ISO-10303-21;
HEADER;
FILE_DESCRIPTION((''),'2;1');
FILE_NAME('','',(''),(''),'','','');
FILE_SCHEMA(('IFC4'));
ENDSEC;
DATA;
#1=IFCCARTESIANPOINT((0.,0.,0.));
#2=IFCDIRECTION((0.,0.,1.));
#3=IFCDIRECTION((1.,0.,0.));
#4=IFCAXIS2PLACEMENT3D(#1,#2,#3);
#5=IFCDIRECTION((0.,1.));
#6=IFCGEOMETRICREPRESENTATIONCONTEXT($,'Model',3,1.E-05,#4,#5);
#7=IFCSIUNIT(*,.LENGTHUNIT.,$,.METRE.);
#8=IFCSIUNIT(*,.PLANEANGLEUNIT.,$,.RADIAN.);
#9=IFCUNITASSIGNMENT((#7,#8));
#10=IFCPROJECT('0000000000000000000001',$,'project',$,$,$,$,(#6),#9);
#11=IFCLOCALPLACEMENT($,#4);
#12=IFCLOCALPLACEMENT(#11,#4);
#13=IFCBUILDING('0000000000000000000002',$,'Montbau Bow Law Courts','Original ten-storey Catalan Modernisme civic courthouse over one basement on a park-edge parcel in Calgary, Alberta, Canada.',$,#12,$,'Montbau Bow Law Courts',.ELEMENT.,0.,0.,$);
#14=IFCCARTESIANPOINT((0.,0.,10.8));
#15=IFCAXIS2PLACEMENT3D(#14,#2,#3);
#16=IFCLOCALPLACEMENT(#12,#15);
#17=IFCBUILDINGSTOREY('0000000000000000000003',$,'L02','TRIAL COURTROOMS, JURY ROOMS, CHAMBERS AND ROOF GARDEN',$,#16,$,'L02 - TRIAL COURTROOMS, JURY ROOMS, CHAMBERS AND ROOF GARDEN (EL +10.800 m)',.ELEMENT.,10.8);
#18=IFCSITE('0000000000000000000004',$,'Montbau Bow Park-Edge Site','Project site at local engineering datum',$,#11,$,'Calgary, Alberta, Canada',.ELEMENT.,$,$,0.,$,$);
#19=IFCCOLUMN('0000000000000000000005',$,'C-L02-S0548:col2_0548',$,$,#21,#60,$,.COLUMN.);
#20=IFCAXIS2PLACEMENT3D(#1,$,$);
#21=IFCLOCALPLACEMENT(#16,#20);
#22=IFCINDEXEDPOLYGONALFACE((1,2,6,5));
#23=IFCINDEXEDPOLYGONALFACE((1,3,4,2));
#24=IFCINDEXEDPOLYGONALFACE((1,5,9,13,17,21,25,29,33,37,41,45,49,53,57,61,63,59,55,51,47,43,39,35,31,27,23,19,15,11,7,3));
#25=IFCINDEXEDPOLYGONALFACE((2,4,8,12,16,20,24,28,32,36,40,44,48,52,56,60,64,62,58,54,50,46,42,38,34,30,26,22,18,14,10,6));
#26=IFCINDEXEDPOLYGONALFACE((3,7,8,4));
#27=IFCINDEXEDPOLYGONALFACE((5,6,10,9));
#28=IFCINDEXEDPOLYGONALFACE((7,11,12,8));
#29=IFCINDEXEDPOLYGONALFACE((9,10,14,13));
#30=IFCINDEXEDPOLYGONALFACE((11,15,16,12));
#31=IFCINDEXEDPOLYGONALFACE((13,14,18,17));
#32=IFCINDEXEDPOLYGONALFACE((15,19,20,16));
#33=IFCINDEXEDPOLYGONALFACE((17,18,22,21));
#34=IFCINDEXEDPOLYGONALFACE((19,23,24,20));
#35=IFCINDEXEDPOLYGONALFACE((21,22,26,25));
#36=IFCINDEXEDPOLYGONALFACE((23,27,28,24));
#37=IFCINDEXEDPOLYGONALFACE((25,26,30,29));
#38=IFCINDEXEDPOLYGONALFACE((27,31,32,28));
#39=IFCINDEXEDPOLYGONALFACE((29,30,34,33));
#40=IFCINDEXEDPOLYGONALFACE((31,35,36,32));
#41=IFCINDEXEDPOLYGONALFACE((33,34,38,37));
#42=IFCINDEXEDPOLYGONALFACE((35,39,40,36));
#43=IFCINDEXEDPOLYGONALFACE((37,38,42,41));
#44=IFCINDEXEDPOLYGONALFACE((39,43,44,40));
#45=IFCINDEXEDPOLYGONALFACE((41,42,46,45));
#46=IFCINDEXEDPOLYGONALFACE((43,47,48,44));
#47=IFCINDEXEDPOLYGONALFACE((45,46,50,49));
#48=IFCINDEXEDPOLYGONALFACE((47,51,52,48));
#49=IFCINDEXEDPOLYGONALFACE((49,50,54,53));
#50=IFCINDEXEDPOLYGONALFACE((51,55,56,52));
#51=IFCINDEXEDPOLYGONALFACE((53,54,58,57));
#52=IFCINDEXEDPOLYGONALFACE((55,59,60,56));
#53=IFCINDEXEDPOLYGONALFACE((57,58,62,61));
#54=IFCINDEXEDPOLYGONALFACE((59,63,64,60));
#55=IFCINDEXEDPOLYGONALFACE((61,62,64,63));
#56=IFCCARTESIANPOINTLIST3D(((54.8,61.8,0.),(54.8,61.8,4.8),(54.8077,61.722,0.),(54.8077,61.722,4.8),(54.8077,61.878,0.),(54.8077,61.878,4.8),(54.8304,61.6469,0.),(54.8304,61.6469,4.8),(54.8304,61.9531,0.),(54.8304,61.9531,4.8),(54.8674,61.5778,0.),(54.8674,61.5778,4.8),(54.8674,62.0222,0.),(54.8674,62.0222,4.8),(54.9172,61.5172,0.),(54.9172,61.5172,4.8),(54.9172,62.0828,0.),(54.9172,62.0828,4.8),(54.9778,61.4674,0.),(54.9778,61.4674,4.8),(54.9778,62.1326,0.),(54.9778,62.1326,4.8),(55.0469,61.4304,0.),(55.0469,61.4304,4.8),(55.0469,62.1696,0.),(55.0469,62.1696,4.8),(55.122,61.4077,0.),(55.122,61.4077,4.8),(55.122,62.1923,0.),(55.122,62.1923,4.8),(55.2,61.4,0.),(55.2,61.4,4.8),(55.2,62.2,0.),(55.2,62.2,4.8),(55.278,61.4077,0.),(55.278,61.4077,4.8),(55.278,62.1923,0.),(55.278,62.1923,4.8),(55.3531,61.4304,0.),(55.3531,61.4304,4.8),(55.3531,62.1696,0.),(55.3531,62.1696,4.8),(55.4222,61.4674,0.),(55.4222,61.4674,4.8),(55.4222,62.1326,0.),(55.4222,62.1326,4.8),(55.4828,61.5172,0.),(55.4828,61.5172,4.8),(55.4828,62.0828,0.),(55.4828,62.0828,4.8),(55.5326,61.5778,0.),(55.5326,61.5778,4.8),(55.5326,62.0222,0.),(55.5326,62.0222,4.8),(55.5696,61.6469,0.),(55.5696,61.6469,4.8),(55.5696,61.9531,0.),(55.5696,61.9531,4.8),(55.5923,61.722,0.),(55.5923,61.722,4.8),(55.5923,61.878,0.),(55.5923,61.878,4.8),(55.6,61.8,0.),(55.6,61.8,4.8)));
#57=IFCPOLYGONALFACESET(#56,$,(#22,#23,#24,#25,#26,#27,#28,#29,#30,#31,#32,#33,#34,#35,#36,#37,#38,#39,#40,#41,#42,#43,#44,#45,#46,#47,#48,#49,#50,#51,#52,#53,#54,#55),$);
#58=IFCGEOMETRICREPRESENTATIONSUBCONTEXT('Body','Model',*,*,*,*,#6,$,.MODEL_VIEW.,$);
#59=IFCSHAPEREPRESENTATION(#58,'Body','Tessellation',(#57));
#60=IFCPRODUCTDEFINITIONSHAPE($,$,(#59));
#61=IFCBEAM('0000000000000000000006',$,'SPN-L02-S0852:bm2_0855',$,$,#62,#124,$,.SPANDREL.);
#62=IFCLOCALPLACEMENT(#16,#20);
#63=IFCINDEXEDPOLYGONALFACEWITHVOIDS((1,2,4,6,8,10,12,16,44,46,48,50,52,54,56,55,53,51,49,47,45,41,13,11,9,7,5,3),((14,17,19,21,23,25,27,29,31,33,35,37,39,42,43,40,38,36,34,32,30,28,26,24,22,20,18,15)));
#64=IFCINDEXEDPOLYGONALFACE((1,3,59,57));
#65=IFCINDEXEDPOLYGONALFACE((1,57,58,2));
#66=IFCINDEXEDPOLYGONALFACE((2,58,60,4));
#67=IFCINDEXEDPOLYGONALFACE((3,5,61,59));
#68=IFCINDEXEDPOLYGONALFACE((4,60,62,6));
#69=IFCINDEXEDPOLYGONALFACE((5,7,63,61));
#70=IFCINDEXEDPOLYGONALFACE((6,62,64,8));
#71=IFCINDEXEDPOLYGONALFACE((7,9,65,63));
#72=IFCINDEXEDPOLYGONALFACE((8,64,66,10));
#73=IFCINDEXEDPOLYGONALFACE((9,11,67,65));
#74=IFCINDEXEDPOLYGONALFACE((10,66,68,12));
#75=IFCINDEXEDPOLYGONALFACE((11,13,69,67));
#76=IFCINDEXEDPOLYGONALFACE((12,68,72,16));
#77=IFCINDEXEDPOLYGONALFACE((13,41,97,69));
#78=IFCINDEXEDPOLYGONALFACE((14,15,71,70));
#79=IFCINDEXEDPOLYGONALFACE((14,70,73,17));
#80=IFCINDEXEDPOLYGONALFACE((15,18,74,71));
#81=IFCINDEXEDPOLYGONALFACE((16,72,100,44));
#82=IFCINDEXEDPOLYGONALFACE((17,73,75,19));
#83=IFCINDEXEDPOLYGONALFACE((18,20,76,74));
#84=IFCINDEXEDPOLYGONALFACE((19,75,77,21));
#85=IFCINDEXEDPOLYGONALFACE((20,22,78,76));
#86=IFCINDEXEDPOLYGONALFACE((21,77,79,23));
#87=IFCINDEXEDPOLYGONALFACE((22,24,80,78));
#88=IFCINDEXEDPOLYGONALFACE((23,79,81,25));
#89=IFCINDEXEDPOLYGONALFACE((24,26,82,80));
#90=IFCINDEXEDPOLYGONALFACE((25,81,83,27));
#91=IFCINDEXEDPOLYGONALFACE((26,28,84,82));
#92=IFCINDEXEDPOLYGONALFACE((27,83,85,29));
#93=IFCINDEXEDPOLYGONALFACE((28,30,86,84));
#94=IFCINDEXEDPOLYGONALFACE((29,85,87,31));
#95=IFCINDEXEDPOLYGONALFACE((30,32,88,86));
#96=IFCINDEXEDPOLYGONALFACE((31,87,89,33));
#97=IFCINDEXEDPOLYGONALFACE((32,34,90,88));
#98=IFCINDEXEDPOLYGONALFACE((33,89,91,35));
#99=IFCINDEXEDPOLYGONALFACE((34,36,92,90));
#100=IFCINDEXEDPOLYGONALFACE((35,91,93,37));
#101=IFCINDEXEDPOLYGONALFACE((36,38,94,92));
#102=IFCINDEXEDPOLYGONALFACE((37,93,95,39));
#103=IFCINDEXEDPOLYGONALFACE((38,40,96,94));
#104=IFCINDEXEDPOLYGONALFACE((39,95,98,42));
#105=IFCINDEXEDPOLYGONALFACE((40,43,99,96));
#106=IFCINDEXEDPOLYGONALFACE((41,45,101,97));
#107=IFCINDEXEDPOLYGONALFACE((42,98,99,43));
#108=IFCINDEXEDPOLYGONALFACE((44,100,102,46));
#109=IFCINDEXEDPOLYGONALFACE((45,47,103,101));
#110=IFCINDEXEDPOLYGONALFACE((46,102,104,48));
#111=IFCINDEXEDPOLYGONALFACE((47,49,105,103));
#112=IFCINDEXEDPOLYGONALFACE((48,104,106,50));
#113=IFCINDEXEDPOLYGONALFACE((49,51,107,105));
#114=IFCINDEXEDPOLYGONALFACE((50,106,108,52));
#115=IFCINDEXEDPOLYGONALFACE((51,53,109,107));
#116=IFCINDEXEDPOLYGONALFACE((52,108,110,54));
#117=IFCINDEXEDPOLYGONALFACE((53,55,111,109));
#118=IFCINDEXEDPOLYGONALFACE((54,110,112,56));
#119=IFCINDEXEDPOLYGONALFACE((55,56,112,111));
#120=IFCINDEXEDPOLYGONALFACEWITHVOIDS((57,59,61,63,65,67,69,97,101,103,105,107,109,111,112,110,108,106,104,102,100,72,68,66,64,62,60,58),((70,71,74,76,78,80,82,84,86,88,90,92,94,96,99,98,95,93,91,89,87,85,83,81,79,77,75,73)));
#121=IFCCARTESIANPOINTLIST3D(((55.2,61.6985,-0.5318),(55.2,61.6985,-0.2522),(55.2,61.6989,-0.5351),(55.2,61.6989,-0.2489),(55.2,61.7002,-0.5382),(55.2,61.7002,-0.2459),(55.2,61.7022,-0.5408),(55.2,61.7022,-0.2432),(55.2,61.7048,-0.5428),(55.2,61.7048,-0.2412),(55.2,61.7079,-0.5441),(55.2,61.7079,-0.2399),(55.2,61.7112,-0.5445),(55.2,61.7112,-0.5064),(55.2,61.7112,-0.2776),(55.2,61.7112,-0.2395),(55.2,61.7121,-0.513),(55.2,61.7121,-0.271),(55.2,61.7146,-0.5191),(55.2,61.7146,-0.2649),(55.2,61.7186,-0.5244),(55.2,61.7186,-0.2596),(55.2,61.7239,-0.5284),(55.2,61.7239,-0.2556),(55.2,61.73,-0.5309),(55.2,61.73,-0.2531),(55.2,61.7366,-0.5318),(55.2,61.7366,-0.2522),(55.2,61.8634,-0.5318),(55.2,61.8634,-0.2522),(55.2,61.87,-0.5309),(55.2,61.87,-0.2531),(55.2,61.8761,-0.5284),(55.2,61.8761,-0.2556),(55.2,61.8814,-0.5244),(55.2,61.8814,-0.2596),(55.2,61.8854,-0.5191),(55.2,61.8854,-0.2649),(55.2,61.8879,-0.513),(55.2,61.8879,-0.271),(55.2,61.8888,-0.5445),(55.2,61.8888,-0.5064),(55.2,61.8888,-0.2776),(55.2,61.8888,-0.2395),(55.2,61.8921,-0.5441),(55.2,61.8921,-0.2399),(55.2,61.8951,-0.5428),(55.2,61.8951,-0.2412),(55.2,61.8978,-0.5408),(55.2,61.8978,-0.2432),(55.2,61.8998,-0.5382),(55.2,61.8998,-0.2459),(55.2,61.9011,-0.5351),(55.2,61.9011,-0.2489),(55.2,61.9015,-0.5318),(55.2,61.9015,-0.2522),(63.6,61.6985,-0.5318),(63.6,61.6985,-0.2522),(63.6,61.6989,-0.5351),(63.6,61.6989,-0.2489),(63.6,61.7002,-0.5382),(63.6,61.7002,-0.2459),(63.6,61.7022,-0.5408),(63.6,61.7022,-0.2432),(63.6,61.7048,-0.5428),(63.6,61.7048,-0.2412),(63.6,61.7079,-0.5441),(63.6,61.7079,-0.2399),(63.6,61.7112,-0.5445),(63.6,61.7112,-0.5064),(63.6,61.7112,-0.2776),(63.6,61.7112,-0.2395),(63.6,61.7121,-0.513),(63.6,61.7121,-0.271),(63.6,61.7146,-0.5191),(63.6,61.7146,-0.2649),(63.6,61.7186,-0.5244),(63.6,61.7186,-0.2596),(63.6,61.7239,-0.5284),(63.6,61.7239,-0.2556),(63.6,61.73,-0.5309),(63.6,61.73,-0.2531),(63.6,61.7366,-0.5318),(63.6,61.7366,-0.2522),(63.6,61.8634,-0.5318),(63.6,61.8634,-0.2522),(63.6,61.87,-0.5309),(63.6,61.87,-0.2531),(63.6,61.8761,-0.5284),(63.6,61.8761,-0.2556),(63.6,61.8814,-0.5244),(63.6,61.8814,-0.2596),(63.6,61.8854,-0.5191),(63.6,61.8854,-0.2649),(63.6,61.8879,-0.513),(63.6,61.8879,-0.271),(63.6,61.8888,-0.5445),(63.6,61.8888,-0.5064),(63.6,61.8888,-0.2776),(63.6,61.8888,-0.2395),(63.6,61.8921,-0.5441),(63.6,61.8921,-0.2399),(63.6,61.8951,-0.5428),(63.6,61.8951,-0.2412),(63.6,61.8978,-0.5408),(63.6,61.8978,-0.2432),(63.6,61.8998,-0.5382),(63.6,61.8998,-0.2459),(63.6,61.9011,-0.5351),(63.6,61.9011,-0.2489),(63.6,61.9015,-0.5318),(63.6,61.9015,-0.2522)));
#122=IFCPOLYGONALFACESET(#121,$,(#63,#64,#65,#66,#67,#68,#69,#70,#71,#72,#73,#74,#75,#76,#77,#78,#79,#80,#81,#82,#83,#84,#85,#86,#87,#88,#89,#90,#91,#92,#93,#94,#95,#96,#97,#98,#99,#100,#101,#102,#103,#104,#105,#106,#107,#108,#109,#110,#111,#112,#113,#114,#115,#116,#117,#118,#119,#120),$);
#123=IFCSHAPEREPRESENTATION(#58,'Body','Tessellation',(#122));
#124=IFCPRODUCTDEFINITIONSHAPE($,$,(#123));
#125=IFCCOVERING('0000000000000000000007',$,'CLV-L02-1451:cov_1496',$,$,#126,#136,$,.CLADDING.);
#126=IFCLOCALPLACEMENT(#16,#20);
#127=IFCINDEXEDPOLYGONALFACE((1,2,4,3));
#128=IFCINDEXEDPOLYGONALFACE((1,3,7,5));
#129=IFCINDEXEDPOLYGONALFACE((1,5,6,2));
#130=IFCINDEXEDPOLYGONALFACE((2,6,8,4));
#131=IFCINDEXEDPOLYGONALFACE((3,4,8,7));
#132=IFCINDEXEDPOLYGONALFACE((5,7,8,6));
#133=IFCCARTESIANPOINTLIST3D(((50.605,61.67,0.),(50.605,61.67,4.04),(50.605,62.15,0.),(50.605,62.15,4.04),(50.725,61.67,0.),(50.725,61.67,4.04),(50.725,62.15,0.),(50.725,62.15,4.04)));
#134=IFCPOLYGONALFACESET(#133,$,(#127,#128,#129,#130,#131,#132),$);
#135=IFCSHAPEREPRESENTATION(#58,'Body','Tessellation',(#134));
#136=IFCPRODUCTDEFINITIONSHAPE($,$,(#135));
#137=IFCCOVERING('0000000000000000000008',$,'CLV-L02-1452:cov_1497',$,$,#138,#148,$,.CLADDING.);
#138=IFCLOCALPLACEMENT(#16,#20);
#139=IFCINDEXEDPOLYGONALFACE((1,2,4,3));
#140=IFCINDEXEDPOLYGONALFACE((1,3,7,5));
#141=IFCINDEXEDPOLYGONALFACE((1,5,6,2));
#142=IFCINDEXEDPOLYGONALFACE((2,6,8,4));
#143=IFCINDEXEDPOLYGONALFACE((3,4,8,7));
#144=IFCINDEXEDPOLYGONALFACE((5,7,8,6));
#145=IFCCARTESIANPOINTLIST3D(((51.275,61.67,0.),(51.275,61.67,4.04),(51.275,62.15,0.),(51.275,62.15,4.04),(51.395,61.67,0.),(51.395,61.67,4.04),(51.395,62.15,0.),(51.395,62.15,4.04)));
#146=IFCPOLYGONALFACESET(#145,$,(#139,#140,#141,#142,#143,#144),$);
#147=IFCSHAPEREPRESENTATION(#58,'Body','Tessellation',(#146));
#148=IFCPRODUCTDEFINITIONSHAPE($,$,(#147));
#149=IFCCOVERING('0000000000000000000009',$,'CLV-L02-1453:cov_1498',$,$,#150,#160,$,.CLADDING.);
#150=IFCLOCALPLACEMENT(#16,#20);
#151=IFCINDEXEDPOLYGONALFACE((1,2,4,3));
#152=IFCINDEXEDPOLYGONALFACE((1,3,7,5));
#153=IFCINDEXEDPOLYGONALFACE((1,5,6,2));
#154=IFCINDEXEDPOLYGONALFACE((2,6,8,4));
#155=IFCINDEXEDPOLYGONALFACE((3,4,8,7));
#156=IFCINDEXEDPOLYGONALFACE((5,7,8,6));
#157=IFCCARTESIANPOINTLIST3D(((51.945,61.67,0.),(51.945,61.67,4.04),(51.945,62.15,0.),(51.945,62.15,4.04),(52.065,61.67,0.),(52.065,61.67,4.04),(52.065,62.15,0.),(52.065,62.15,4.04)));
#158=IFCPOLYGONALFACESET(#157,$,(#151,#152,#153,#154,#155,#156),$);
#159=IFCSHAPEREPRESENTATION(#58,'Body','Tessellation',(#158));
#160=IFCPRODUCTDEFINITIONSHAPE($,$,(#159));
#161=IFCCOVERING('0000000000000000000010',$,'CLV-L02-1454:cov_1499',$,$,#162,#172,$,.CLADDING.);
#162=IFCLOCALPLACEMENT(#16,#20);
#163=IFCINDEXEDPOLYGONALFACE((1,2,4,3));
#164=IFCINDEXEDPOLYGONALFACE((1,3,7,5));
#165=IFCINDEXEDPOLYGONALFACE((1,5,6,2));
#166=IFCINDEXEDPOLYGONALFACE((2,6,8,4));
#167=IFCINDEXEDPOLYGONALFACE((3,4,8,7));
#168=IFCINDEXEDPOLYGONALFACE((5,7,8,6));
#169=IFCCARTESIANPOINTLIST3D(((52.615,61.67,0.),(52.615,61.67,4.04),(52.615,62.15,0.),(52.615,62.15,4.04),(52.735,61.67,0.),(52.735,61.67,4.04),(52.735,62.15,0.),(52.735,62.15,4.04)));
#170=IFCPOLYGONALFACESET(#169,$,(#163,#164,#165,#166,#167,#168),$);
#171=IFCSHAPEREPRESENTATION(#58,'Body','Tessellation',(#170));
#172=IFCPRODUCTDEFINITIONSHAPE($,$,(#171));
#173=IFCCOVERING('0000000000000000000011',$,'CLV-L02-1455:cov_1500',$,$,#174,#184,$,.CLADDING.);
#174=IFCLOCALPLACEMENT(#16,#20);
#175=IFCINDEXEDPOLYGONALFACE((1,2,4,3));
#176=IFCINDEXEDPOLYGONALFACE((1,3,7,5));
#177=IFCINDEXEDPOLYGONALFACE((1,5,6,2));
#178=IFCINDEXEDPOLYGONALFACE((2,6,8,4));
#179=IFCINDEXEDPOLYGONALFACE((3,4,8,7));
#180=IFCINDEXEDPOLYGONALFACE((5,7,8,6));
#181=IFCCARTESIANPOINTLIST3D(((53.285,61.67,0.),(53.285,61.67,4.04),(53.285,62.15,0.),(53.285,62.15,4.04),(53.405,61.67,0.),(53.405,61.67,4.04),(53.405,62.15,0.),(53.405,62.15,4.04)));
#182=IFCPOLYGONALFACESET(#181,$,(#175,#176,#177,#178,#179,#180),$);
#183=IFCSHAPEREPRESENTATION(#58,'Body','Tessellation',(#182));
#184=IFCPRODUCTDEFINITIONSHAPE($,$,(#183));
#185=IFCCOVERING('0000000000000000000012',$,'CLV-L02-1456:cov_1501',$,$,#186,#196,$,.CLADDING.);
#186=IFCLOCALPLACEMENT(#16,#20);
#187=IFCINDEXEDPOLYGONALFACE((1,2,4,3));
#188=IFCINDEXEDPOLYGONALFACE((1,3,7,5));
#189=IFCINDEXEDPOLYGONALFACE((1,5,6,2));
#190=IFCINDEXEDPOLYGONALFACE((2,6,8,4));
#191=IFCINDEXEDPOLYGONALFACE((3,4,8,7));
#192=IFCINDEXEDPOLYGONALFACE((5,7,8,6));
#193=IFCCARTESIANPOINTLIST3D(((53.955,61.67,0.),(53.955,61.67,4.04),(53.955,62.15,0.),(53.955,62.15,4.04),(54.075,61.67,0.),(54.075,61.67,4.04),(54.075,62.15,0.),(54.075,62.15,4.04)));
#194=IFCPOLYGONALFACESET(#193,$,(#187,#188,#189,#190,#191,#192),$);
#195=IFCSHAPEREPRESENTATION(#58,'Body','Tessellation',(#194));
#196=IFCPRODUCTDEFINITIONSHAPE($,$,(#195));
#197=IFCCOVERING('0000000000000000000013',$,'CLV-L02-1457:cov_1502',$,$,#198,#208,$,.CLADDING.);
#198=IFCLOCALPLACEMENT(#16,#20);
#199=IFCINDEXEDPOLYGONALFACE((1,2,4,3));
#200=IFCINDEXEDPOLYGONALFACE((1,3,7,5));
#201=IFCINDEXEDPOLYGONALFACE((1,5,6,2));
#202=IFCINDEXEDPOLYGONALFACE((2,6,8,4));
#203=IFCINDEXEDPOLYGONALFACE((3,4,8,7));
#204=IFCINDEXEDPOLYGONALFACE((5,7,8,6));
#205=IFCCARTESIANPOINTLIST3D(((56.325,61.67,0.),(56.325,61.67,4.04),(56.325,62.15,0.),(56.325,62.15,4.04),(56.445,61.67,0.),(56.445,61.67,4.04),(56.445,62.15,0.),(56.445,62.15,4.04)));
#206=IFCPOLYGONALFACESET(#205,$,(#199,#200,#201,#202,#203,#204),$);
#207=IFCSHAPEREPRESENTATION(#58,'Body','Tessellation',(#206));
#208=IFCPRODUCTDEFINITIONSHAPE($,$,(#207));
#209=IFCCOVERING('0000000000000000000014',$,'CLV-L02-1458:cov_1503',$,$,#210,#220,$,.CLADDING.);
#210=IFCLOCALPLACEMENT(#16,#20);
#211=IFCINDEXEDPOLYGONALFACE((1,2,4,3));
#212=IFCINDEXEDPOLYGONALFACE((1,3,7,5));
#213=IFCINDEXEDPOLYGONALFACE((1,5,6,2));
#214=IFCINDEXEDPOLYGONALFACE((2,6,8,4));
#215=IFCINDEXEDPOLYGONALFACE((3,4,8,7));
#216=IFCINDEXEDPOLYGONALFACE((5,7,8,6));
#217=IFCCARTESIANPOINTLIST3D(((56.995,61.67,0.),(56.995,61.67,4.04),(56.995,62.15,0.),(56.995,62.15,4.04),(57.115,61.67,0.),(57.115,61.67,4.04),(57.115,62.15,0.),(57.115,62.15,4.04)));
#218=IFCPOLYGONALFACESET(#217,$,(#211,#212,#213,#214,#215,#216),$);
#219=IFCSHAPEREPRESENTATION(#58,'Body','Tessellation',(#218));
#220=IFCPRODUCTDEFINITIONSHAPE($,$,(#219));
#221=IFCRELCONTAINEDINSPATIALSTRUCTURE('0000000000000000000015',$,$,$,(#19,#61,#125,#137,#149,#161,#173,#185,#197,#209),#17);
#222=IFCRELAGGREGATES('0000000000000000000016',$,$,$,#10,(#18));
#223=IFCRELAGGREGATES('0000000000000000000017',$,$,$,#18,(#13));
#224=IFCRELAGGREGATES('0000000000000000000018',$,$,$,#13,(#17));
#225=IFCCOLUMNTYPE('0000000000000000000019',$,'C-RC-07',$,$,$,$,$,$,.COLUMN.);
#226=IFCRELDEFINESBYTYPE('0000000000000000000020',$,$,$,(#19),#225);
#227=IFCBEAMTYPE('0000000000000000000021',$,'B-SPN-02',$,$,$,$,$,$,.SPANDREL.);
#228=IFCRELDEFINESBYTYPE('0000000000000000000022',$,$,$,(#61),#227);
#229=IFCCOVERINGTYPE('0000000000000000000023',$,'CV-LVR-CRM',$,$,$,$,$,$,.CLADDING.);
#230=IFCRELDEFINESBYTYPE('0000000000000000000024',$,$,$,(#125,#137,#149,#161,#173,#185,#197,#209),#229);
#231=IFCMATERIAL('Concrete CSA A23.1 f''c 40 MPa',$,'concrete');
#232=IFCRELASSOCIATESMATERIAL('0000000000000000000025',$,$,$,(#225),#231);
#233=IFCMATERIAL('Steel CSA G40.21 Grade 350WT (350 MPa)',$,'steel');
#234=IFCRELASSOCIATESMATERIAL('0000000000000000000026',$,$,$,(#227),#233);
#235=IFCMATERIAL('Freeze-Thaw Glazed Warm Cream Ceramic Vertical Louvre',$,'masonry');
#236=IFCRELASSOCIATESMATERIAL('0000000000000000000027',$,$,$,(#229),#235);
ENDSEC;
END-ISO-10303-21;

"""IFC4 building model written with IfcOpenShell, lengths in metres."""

from ifc_helpers import new_model, si_unit, direction, frame, frame_2d, origin_with_axes, origin_2d_with_axis, place, context, subcontext, project, spatial, rectangle, hollow_rectangle, circle, extrude, material, material_profile, profile_set, type_object, element, save


model = new_model("IFC4")

# Units and contexts
model_context = context("Model", 3, precision=1e-05, world=origin_with_axes(), true_north=direction((0.0, 1.0)))
body_context = subcontext(model_context, "Body", "Model", "MODEL_VIEW")
ifc_project = project(units=[si_unit("LENGTHUNIT", "METRE"), si_unit("PLANEANGLEUNIT", "RADIAN")], contexts=[model_context])

# Site, building, storey
site_placement = place(None, origin_with_axes())
site = spatial("IfcSite", under=ifc_project, at=site_placement, Name="Montbau Bow Park-Edge Site", Description="Project site at local engineering datum", LongName="Calgary, Alberta, Canada", CompositionType="ELEMENT", RefElevation=0.0)
building_placement = place(site_placement, origin_with_axes())
building = spatial("IfcBuilding", under=site, at=building_placement, Name="Montbau Bow Law Courts", Description="Original ten-storey Catalan Modernisme civic courthouse over one basement on a park-edge parcel in Calgary, Alberta, Canada.", LongName="Montbau Bow Law Courts", CompositionType="ELEMENT", ElevationOfRefHeight=0.0, ElevationOfTerrain=0.0)
storey_placement = place(building_placement, frame((0.0, 0.0, 10.8), z_axis=(0.0, 0.0, 1.0), x_axis=(1.0, 0.0, 0.0)))
storey = spatial("IfcBuildingStorey", under=building, at=storey_placement, Name="L02", Description="TRIAL COURTROOMS, JURY ROOMS, CHAMBERS AND ROOF GARDEN", LongName="L02 - TRIAL COURTROOMS, JURY ROOMS, CHAMBERS AND ROOF GARDEN (EL +10.800 m)", CompositionType="ELEMENT", Elevation=10.8)

# Column
ifc_material_1 = material(Name="Concrete CSA A23.1 f'c 40 MPa", Category="concrete")
ifc_material_profile_1 = material_profile(ifc_material_1, circle(Radius=0.4, at=origin_2d_with_axis()), Name="RC800D", Category="Main", Priority=0)
ifc_profile_set_1 = profile_set([ifc_material_profile_1], Name="Concrete CSA A23.1 f'c 40 MPa")
column_type = type_object("IfcColumnType", Name="C-RC-07", PredefinedType="COLUMN", material=ifc_profile_set_1)
column_placement = place(None, frame((55.2, 61.8, 10.8), z_axis=(0.0, 0.0, 1.0), x_axis=(1.0, 0.0, 0.0)))
element("IfcColumn", 1, at=column_placement, inside=storey, type_object=column_type, Name="C-L02-S0548:col2_0548", PredefinedType="COLUMN", context=body_context, shape_type="SweptSolid", body=[
    extrude(circle(Radius=0.4, at=origin_2d_with_axis()), origin_with_axes(), (0.0, 0.0, 1.0), 4.8),
])

# Beam
ifc_material_2 = material(Name="Steel CSA G40.21 Grade 350WT (350 MPa)", Category="steel")
ifc_material_profile_2 = material_profile(ifc_material_2, hollow_rectangle(XDim=0.203, YDim=0.305, WallThickness=0.0127, InnerFilletRadius=0.0254, OuterFilletRadius=0.0127, at=origin_2d_with_axis()), Name="HSS305X203X13", Category="Main", Priority=0)
ifc_profile_set_2 = profile_set([ifc_material_profile_2], Name="Steel CSA G40.21 Grade 350WT (350 MPa)")
beam_type = type_object("IfcBeamType", Name="B-SPN-02", PredefinedType="SPANDREL", material=ifc_profile_set_2)
beam_placement = place(None, frame((55.2, 61.8, 10.408), z_axis=(1.0, 0.0, 0.0), x_axis=(0.0, 1.0, 0.0)))
element("IfcBeam", 2, at=beam_placement, inside=storey, type_object=beam_type, Name="SPN-L02-S0852:bm2_0855", PredefinedType="SPANDREL", context=body_context, shape_type="SweptSolid", body=[
    extrude(hollow_rectangle(XDim=0.203, YDim=0.305, WallThickness=0.0127, InnerFilletRadius=0.0254, OuterFilletRadius=0.0127, at=origin_2d_with_axis()), origin_with_axes(), (0.0, 0.0, 1.0), 8.4),
])

# Coverings
ifc_material_3 = material(Name="Freeze-Thaw Glazed Warm Cream Ceramic Vertical Louvre", Category="masonry")
covering_type = type_object("IfcCoveringType", Name="CV-LVR-CRM", PredefinedType="CLADDING", material=ifc_material_3)
for number, where, z_axis, x_axis, name in (
    (3, (50.665, 61.67, 10.8), (1.0, 0.0, 0.0), (0.0, 1.0, 0.0), "CLV-L02-1451:cov_1496"),
    (4, (51.335, 61.67, 10.8), (1.0, 0.0, 0.0), (0.0, 1.0, 0.0), "CLV-L02-1452:cov_1497"),
    (5, (52.005, 61.67, 10.8), (1.0, 0.0, 0.0), (0.0, 1.0, 0.0), "CLV-L02-1453:cov_1498"),
    (6, (52.675, 61.67, 10.8), (1.0, 0.0, 0.0), (0.0, 1.0, 0.0), "CLV-L02-1454:cov_1499"),
    (7, (53.345, 61.67, 10.8), (1.0, 0.0, 0.0), (0.0, 1.0, 0.0), "CLV-L02-1455:cov_1500"),
    (8, (54.015, 61.67, 10.8), (1.0, 0.0, 0.0), (0.0, 1.0, 0.0), "CLV-L02-1456:cov_1501"),
    (9, (56.385, 61.67, 10.8), (1.0, 0.0, 0.0), (0.0, 1.0, 0.0), "CLV-L02-1457:cov_1502"),
    (10, (57.055, 61.67, 10.8), (1.0, 0.0, 0.0), (0.0, 1.0, 0.0), "CLV-L02-1458:cov_1503"),
):
    element("IfcCovering", number, at=place(None, frame(where, z_axis=z_axis, x_axis=x_axis)), inside=storey, type_object=covering_type, Name=name, PredefinedType="CLADDING", context=body_context, shape_type="SweptSolid", body=[
        extrude(rectangle(XDim=0.48, YDim=4.04, at=frame_2d((0.24, 2.02), x_axis=(1.0, 0.0))), frame((0.0, 0.0, -0.06), z_axis=(0.0, 0.0, 1.0), x_axis=(1.0, 0.0, 0.0)), (0.0, 0.0, 1.0), 0.12),
    ])

save(model, "model.ifc")
